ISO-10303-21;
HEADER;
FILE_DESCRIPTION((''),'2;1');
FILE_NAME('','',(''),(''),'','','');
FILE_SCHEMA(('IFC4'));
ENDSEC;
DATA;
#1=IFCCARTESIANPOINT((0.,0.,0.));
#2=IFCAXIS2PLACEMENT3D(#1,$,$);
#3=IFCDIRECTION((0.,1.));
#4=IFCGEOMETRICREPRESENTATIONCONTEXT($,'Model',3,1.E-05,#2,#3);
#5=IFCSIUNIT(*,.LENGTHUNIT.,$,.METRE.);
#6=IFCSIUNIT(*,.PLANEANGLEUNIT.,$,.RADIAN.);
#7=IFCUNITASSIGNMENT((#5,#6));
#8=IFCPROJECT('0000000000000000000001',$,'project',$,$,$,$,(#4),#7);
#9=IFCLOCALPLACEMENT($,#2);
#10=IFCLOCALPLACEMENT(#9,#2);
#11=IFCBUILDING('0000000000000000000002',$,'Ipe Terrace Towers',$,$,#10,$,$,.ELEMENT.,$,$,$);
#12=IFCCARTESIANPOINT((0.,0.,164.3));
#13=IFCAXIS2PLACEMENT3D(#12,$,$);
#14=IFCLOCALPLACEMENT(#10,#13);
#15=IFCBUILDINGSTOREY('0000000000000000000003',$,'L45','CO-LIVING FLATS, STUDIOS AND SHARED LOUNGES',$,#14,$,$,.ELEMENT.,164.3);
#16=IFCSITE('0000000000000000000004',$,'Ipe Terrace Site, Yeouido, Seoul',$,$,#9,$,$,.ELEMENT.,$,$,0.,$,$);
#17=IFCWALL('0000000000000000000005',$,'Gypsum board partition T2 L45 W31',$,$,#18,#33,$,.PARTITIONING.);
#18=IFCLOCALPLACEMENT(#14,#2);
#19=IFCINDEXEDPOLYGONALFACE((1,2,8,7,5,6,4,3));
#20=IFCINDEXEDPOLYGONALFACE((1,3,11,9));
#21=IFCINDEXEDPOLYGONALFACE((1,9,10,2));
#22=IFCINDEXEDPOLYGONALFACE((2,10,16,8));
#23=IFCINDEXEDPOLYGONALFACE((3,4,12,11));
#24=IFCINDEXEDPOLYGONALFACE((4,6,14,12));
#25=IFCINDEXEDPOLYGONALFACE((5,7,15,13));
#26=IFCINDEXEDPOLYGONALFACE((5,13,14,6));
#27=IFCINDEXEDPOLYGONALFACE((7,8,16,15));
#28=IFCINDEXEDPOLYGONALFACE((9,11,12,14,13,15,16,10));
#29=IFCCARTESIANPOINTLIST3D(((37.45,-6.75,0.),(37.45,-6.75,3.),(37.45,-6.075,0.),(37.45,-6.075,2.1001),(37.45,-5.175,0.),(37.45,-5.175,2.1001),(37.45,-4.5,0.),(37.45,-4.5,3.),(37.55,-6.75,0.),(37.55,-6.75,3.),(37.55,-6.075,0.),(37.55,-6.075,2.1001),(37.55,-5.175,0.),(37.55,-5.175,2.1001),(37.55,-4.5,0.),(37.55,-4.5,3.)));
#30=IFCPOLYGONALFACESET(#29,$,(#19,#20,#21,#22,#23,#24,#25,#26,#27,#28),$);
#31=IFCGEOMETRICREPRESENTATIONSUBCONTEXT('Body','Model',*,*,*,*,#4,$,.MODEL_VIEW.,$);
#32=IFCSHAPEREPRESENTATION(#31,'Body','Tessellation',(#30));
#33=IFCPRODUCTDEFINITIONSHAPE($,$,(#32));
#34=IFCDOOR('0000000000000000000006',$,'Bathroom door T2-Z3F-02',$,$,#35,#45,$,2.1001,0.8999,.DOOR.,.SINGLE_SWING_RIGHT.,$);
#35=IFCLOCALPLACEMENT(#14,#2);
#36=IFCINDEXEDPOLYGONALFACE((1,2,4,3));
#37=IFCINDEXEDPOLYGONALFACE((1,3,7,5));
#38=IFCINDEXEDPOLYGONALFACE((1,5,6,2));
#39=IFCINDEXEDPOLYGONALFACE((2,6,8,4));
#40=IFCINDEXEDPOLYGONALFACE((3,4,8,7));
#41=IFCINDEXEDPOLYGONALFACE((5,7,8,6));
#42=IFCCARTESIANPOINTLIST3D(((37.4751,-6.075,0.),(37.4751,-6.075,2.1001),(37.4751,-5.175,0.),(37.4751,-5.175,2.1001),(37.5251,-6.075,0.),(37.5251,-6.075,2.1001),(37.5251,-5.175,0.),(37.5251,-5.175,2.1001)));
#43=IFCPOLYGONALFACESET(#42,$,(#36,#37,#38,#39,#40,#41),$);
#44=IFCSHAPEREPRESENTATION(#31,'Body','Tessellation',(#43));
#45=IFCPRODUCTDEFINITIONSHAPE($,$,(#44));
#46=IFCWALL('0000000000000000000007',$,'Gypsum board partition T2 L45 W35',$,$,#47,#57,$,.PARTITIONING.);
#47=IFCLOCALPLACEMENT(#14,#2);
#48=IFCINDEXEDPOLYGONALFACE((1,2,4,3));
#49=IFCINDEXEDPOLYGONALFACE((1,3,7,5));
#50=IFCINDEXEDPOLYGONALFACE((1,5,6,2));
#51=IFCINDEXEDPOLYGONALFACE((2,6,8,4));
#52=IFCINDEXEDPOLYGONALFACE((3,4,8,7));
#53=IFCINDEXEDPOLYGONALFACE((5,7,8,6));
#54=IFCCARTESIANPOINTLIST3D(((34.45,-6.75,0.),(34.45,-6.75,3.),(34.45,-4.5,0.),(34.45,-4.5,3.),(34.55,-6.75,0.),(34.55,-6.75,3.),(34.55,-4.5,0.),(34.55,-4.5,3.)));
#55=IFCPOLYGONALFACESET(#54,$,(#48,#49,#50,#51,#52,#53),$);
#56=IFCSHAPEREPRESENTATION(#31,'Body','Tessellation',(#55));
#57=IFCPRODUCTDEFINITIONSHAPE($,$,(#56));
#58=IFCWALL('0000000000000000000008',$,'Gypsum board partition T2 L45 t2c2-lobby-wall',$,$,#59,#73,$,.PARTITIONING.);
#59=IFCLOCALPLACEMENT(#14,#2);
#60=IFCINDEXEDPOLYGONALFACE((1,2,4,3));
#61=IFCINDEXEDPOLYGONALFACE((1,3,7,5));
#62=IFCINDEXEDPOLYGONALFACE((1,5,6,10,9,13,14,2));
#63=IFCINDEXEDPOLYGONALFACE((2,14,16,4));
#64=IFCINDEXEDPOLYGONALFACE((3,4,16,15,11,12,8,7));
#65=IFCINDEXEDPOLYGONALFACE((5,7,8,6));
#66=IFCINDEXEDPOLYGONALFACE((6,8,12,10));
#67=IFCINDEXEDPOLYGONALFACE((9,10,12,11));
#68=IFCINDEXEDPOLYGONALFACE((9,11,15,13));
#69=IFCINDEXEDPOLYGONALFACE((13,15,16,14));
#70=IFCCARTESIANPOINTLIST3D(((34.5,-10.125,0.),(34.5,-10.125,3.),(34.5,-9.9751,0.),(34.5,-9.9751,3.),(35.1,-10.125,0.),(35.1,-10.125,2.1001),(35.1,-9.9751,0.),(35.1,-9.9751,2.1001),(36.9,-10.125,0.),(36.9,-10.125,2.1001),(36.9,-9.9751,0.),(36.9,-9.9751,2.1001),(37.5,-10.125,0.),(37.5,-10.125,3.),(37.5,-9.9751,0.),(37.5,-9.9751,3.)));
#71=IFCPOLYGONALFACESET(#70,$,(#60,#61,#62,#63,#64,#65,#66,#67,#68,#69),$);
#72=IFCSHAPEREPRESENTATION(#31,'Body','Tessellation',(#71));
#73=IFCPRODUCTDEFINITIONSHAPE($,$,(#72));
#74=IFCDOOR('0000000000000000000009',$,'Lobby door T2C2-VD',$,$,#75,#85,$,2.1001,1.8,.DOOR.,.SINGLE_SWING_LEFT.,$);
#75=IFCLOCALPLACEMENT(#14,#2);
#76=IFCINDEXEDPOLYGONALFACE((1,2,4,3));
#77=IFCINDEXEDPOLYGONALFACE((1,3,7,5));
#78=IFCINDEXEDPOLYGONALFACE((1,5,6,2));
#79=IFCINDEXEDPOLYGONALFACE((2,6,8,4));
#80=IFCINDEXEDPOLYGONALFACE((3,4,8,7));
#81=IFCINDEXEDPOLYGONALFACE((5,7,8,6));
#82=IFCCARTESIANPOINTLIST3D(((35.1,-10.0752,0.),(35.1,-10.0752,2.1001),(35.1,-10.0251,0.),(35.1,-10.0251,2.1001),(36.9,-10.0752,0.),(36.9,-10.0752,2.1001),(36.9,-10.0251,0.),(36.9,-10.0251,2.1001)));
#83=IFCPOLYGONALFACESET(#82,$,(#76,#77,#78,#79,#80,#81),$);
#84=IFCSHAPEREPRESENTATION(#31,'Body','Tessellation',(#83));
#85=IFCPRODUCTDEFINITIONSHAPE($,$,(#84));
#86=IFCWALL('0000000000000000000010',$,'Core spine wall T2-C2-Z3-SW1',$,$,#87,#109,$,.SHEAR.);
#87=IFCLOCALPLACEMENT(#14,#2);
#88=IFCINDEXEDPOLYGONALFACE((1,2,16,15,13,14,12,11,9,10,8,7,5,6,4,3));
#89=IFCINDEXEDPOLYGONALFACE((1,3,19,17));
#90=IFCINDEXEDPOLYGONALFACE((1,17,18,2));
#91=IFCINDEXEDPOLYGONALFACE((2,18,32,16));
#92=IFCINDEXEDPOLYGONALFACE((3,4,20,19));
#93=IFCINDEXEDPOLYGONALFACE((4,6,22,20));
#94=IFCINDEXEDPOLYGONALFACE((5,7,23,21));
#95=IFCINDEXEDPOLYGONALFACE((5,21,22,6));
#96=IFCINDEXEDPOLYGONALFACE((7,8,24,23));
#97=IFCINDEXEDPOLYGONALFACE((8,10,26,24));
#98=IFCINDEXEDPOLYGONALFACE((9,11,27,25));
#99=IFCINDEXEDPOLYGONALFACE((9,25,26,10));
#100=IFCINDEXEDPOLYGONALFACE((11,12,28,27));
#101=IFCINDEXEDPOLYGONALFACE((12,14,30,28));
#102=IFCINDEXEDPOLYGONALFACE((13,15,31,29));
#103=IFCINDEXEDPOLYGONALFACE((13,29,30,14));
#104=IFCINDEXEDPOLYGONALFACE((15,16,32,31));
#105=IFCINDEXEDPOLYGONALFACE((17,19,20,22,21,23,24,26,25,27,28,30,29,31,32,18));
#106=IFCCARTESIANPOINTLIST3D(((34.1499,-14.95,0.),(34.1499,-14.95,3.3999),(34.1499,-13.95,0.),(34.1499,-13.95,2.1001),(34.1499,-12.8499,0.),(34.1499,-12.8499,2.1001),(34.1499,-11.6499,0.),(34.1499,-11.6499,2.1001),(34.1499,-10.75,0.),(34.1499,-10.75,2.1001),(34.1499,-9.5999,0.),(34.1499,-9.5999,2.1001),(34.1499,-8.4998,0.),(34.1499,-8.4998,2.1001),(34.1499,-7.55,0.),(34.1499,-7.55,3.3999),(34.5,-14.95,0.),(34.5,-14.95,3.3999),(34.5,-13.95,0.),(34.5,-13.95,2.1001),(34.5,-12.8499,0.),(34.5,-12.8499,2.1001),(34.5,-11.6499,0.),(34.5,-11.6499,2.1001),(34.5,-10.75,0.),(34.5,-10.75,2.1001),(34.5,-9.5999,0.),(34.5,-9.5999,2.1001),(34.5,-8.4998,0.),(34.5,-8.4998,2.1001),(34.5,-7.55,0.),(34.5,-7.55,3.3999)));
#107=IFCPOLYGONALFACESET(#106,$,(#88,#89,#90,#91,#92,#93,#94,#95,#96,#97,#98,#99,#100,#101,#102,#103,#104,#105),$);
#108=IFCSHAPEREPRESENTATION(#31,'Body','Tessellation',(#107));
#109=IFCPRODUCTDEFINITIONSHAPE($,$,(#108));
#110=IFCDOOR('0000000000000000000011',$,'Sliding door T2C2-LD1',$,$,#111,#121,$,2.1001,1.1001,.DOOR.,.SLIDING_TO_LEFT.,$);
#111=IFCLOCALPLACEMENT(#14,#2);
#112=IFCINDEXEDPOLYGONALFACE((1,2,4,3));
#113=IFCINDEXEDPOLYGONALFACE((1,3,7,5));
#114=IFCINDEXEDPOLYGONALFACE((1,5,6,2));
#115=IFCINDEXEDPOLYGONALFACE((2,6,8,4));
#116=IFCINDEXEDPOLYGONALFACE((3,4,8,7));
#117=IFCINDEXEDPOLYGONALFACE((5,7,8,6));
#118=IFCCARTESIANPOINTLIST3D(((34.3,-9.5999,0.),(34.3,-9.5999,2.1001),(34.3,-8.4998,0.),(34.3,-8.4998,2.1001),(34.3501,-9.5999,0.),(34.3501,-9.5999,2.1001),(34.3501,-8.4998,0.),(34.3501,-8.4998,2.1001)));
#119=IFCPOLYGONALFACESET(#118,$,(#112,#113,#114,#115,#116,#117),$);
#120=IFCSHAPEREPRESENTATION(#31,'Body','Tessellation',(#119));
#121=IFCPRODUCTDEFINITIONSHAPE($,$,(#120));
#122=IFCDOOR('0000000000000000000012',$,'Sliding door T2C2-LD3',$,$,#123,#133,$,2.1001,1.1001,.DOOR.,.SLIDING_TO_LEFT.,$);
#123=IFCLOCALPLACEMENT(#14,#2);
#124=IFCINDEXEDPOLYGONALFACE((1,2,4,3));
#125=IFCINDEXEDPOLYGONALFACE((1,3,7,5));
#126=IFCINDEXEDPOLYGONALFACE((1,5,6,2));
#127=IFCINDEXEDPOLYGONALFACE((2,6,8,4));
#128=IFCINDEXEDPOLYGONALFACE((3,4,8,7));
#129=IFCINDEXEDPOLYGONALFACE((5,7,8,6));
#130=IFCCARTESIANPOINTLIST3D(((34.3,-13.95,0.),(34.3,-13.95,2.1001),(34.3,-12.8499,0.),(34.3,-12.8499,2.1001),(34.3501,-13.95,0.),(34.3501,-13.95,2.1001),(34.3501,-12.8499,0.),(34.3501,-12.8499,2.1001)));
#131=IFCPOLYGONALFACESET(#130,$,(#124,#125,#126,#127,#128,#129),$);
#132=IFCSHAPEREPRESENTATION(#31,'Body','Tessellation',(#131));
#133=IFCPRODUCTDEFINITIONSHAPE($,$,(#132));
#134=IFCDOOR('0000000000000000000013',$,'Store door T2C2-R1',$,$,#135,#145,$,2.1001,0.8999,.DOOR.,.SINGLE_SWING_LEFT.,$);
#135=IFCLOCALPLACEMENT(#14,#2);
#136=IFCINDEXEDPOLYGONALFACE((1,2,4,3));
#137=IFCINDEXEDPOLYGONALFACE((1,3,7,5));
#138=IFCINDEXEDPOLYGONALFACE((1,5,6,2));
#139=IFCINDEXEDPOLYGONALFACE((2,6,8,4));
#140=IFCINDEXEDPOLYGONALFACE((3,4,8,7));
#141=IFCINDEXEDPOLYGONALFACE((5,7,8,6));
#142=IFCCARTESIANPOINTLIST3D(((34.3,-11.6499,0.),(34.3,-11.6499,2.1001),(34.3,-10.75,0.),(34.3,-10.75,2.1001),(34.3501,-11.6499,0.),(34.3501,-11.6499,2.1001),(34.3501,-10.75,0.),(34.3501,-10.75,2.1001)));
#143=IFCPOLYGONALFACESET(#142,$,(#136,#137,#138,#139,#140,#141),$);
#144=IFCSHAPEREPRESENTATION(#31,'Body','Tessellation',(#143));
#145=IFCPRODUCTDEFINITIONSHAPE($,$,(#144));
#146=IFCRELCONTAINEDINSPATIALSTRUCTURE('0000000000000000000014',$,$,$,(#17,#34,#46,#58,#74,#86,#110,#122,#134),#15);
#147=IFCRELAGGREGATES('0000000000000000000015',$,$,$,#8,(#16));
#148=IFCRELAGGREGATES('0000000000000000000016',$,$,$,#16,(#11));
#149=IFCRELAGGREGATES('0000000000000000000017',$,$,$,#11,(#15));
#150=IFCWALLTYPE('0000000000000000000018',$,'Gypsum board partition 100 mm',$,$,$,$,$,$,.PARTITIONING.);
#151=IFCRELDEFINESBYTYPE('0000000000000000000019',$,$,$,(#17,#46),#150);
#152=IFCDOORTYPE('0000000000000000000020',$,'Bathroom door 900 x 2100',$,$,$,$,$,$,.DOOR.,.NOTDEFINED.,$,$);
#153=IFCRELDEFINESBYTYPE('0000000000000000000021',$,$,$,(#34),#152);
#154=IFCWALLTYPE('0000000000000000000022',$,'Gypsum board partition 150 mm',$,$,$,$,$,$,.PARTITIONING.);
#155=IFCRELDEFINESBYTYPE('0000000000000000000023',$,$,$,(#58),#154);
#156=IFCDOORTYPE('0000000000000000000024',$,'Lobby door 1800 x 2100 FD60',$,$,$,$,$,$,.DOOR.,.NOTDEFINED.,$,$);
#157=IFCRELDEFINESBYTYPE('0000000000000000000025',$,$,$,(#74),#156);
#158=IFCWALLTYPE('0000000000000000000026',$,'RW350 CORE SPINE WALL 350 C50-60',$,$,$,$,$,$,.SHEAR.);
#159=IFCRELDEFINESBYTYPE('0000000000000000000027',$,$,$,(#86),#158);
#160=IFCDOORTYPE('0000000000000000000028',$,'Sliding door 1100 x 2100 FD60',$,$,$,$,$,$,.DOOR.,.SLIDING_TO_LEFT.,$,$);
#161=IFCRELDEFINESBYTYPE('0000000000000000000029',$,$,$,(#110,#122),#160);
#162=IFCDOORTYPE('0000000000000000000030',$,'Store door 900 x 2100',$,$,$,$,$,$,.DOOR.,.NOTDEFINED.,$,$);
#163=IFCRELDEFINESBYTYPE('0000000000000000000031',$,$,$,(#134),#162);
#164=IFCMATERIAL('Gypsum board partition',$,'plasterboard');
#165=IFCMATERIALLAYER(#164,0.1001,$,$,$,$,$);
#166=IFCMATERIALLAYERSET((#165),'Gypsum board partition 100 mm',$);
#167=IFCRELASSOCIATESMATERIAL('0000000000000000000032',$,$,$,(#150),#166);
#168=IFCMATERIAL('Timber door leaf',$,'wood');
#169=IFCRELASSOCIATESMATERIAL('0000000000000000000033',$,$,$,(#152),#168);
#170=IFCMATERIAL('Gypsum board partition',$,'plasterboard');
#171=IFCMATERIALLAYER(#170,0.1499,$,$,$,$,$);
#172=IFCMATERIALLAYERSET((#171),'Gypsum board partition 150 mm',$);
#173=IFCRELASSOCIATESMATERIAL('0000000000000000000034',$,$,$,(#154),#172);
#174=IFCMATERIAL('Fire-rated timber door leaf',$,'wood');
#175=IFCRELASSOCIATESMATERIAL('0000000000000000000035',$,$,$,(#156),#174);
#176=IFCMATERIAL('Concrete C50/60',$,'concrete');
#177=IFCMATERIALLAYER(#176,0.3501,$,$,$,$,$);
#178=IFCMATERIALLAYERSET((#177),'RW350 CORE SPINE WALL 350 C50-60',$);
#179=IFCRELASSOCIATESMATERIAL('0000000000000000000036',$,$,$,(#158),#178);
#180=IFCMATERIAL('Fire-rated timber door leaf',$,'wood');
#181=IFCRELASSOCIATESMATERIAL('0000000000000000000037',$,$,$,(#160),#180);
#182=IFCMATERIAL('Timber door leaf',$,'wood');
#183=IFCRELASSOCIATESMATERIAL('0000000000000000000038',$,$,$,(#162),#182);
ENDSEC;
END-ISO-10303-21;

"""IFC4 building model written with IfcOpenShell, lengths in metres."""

from ifc_helpers import new_model, si_unit, direction, frame, frame_2d, origin, place, context, subcontext, project, spatial, rectangle, extrude, material, layer, layer_set, type_object, element, fill, save


model = new_model("IFC4")

# Units and contexts
model_context = context("Model", 3, precision=1e-05, world=origin(), true_north=direction((0.0, 1.0)))
body_context = subcontext(model_context, "Body", "Model", "MODEL_VIEW")
ifc_project = project(units=[si_unit("LENGTHUNIT", "METRE"), si_unit("PLANEANGLEUNIT", "RADIAN")], contexts=[model_context])

# Site, building, storey
site_placement = place(None, origin())
site = spatial("IfcSite", under=ifc_project, at=site_placement, Name="Ipe Terrace Site, Yeouido, Seoul", CompositionType="ELEMENT", RefElevation=0.0)
building_placement = place(site_placement, origin())
building = spatial("IfcBuilding", under=site, at=building_placement, Name="Ipe Terrace Towers", CompositionType="ELEMENT")
storey_placement = place(building_placement, frame((0.0, 0.0, 164.3)))
storey = spatial("IfcBuildingStorey", under=building, at=storey_placement, Name="L45", Description="CO-LIVING FLATS, STUDIOS AND SHARED LOUNGES", CompositionType="ELEMENT", Elevation=164.3)

# Wall, opening, door
ifc_material_1 = material(Name="Gypsum board partition", Category="plasterboard")
ifc_layer_1 = layer(ifc_material_1, 0.1001)
ifc_layer_set_1 = layer_set([ifc_layer_1], Name="Gypsum board partition 100 mm")
wall_type_1 = type_object("IfcWallType", Name="Gypsum board partition 100 mm", PredefinedType="PARTITIONING", material=ifc_layer_set_1)
wall_1_placement = place(storey_placement, frame((37.5, -6.75, 0.0), z_axis=(0.0, 0.0, 1.0), x_axis=(0.0, 1.0, 0.0)))
wall_1 = element("IfcWall", 1, at=wall_1_placement, inside=storey, type_object=wall_type_1, Name="Gypsum board partition T2 L45 W31", PredefinedType="PARTITIONING", context=body_context, shape_type="SweptSolid", body=[
    extrude(rectangle(XDim=2.25, YDim=0.1001, at=frame_2d((1.125, 0.0))), origin(), (0.0, 0.0, 1.0), 3.0),
])
opening_1_placement = place(wall_1_placement, frame((0.675, 0.0, 0.0)))
opening_1 = element("IfcOpeningElement", 2, at=opening_1_placement, cuts=wall_1, PredefinedType="OPENING", context=body_context, shape_type="SweptSolid", body=[
    extrude(rectangle(XDim=0.8999, YDim=2.1001, at=frame_2d((0.45, 1.05))), frame((0.0, 0.0601, 0.0), z_axis=(0.0, -1.0, 0.0), x_axis=(1.0, 0.0, 0.0)), (0.0, 0.0, 1.0), 0.1201),
])
ifc_material_2 = material(Name="Timber door leaf", Category="wood")
door_type_1 = type_object("IfcDoorType", Name="Bathroom door 900 x 2100", OperationType="NOTDEFINED", PredefinedType="DOOR", material=ifc_material_2)
door_1_placement = place(opening_1_placement, origin())
door_1 = element("IfcDoor", 3, at=door_1_placement, inside=storey, type_object=door_type_1, Name="Bathroom door T2-Z3F-02", OperationType="SINGLE_SWING_RIGHT", OverallHeight=2.1001, OverallWidth=0.8999, PredefinedType="DOOR", context=body_context, shape_type="SweptSolid", body=[
    extrude(rectangle(XDim=0.8999, YDim=2.1001, at=frame_2d((0.45, 1.05))), frame((0.0, 0.0249, 0.0), z_axis=(0.0, -1.0, 0.0), x_axis=(1.0, 0.0, 0.0)), (0.0, 0.0, 1.0), 0.05),
])
fill(opening_1, door_1)

# Wall
wall_2_placement = place(storey_placement, frame((34.5, -6.75, 0.0), z_axis=(0.0, 0.0, 1.0), x_axis=(0.0, 1.0, 0.0)))
element("IfcWall", 4, at=wall_2_placement, inside=storey, type_object=wall_type_1, Name="Gypsum board partition T2 L45 W35", PredefinedType="PARTITIONING", context=body_context, shape_type="SweptSolid", body=[
    extrude(rectangle(XDim=2.25, YDim=0.1001, at=frame_2d((1.125, 0.0))), origin(), (0.0, 0.0, 1.0), 3.0),
])

# Wall, opening, door
ifc_material_3 = material(Name="Gypsum board partition", Category="plasterboard")
ifc_layer_2 = layer(ifc_material_3, 0.1499)
ifc_layer_set_2 = layer_set([ifc_layer_2], Name="Gypsum board partition 150 mm")
wall_type_2 = type_object("IfcWallType", Name="Gypsum board partition 150 mm", PredefinedType="PARTITIONING", material=ifc_layer_set_2)
wall_3_placement = place(storey_placement, frame((34.5, -10.05, 0.0), z_axis=(0.0, 0.0, 1.0), x_axis=(1.0, 0.0, 0.0)))
wall_3 = element("IfcWall", 5, at=wall_3_placement, inside=storey, type_object=wall_type_2, Name="Gypsum board partition T2 L45 t2c2-lobby-wall", PredefinedType="PARTITIONING", context=body_context, shape_type="SweptSolid", body=[
    extrude(rectangle(XDim=3.0, YDim=0.1499, at=frame_2d((1.5, 0.0))), origin(), (0.0, 0.0, 1.0), 3.0),
])
opening_2_placement = place(wall_3_placement, frame((0.6001, 0.0, 0.0)))
opening_2 = element("IfcOpeningElement", 6, at=opening_2_placement, cuts=wall_3, PredefinedType="OPENING", context=body_context, shape_type="SweptSolid", body=[
    extrude(rectangle(XDim=1.8, YDim=2.1001, at=frame_2d((0.8999, 1.05))), frame((0.0, 0.085, 0.0), z_axis=(0.0, -1.0, 0.0), x_axis=(1.0, 0.0, 0.0)), (0.0, 0.0, 1.0), 0.1699),
])
ifc_material_4 = material(Name="Fire-rated timber door leaf", Category="wood")
door_type_2 = type_object("IfcDoorType", Name="Lobby door 1800 x 2100 FD60", OperationType="NOTDEFINED", PredefinedType="DOOR", material=ifc_material_4)
door_2_placement = place(opening_2_placement, origin())
door_2 = element("IfcDoor", 7, at=door_2_placement, inside=storey, type_object=door_type_2, Name="Lobby door T2C2-VD", OperationType="SINGLE_SWING_LEFT", OverallHeight=2.1001, OverallWidth=1.8, PredefinedType="DOOR", context=body_context, shape_type="SweptSolid", body=[
    extrude(rectangle(XDim=1.8, YDim=2.1001, at=frame_2d((0.8999, 1.05))), frame((0.0, 0.0249, 0.0), z_axis=(0.0, -1.0, 0.0), x_axis=(1.0, 0.0, 0.0)), (0.0, 0.0, 1.0), 0.05),
])
fill(opening_2, door_2)

# Wall, openings, doors
ifc_material_5 = material(Name="Concrete C50/60", Category="concrete")
ifc_layer_3 = layer(ifc_material_5, 0.3501)
ifc_layer_set_3 = layer_set([ifc_layer_3], Name="RW350 CORE SPINE WALL 350 C50-60")
wall_type_3 = type_object("IfcWallType", Name="RW350 CORE SPINE WALL 350 C50-60", PredefinedType="SHEAR", material=ifc_layer_set_3)
wall_4_placement = place(storey_placement, frame((34.325, -14.95, 0.0), z_axis=(0.0, 0.0, 1.0), x_axis=(0.0, 1.0, 0.0)))
wall_4 = element("IfcWall", 8, at=wall_4_placement, inside=storey, type_object=wall_type_3, Name="Core spine wall T2-C2-Z3-SW1", PredefinedType="SHEAR", context=body_context, shape_type="SweptSolid", body=[
    extrude(rectangle(XDim=7.3999, YDim=0.3501, at=frame_2d((3.7, 0.0))), origin(), (0.0, 0.0, 1.0), 3.3999),
])
opening_3_placement = place(wall_4_placement, frame((5.3501, 0.0, 0.0)))
opening_3 = element("IfcOpeningElement", 9, at=opening_3_placement, cuts=wall_4, PredefinedType="OPENING", context=body_context, shape_type="SweptSolid", body=[
    extrude(rectangle(XDim=1.1001, YDim=2.1001, at=frame_2d((0.55, 1.05))), frame((0.0, 0.1851, 0.0), z_axis=(0.0, -1.0, 0.0), x_axis=(1.0, 0.0, 0.0)), (0.0, 0.0, 1.0), 0.3701),
])
opening_4_placement = place(wall_4_placement, frame((1.0, 0.0, 0.0)))
opening_4 = element("IfcOpeningElement", 10, at=opening_4_placement, cuts=wall_4, PredefinedType="OPENING", context=body_context, shape_type="SweptSolid", body=[
    extrude(rectangle(XDim=1.1001, YDim=2.1001, at=frame_2d((0.55, 1.05))), frame((0.0, 0.1851, 0.0), z_axis=(0.0, -1.0, 0.0), x_axis=(1.0, 0.0, 0.0)), (0.0, 0.0, 1.0), 0.3701),
])
opening_5_placement = place(wall_4_placement, frame((3.3, 0.0, 0.0)))
opening_5 = element("IfcOpeningElement", 11, at=opening_5_placement, cuts=wall_4, PredefinedType="OPENING", context=body_context, shape_type="SweptSolid", body=[
    extrude(rectangle(XDim=0.8999, YDim=2.1001, at=frame_2d((0.45, 1.05))), frame((0.0, 0.1851, 0.0), z_axis=(0.0, -1.0, 0.0), x_axis=(1.0, 0.0, 0.0)), (0.0, 0.0, 1.0), 0.3701),
])
ifc_material_6 = material(Name="Fire-rated timber door leaf", Category="wood")
door_type_3 = type_object("IfcDoorType", Name="Sliding door 1100 x 2100 FD60", OperationType="SLIDING_TO_LEFT", PredefinedType="DOOR", material=ifc_material_6)
door_3_placement = place(opening_3_placement, origin())
door_3 = element("IfcDoor", 12, at=door_3_placement, inside=storey, type_object=door_type_3, Name="Sliding door T2C2-LD1", OperationType="SLIDING_TO_LEFT", OverallHeight=2.1001, OverallWidth=1.1001, PredefinedType="DOOR", context=body_context, shape_type="SweptSolid", body=[
    extrude(rectangle(XDim=1.1001, YDim=2.1001, at=frame_2d((0.55, 1.05))), frame((0.0, 0.0249, 0.0), z_axis=(0.0, -1.0, 0.0), x_axis=(1.0, 0.0, 0.0)), (0.0, 0.0, 1.0), 0.05),
])
fill(opening_3, door_3)
door_4_placement = place(opening_4_placement, origin())
door_4 = element("IfcDoor", 13, at=door_4_placement, inside=storey, type_object=door_type_3, Name="Sliding door T2C2-LD3", OperationType="SLIDING_TO_LEFT", OverallHeight=2.1001, OverallWidth=1.1001, PredefinedType="DOOR", context=body_context, shape_type="SweptSolid", body=[
    extrude(rectangle(XDim=1.1001, YDim=2.1001, at=frame_2d((0.55, 1.05))), frame((0.0, 0.0249, 0.0), z_axis=(0.0, -1.0, 0.0), x_axis=(1.0, 0.0, 0.0)), (0.0, 0.0, 1.0), 0.05),
])
fill(opening_4, door_4)
ifc_material_7 = material(Name="Timber door leaf", Category="wood")
door_type_4 = type_object("IfcDoorType", Name="Store door 900 x 2100", OperationType="NOTDEFINED", PredefinedType="DOOR", material=ifc_material_7)
door_5_placement = place(opening_5_placement, origin())
door_5 = element("IfcDoor", 14, at=door_5_placement, inside=storey, type_object=door_type_4, Name="Store door T2C2-R1", OperationType="SINGLE_SWING_LEFT", OverallHeight=2.1001, OverallWidth=0.8999, PredefinedType="DOOR", context=body_context, shape_type="SweptSolid", body=[
    extrude(rectangle(XDim=0.8999, YDim=2.1001, at=frame_2d((0.45, 1.05))), frame((0.0, 0.0249, 0.0), z_axis=(0.0, -1.0, 0.0), x_axis=(1.0, 0.0, 0.0)), (0.0, 0.0, 1.0), 0.05),
])
fill(opening_5, door_5)

save(model, "model.ifc")
